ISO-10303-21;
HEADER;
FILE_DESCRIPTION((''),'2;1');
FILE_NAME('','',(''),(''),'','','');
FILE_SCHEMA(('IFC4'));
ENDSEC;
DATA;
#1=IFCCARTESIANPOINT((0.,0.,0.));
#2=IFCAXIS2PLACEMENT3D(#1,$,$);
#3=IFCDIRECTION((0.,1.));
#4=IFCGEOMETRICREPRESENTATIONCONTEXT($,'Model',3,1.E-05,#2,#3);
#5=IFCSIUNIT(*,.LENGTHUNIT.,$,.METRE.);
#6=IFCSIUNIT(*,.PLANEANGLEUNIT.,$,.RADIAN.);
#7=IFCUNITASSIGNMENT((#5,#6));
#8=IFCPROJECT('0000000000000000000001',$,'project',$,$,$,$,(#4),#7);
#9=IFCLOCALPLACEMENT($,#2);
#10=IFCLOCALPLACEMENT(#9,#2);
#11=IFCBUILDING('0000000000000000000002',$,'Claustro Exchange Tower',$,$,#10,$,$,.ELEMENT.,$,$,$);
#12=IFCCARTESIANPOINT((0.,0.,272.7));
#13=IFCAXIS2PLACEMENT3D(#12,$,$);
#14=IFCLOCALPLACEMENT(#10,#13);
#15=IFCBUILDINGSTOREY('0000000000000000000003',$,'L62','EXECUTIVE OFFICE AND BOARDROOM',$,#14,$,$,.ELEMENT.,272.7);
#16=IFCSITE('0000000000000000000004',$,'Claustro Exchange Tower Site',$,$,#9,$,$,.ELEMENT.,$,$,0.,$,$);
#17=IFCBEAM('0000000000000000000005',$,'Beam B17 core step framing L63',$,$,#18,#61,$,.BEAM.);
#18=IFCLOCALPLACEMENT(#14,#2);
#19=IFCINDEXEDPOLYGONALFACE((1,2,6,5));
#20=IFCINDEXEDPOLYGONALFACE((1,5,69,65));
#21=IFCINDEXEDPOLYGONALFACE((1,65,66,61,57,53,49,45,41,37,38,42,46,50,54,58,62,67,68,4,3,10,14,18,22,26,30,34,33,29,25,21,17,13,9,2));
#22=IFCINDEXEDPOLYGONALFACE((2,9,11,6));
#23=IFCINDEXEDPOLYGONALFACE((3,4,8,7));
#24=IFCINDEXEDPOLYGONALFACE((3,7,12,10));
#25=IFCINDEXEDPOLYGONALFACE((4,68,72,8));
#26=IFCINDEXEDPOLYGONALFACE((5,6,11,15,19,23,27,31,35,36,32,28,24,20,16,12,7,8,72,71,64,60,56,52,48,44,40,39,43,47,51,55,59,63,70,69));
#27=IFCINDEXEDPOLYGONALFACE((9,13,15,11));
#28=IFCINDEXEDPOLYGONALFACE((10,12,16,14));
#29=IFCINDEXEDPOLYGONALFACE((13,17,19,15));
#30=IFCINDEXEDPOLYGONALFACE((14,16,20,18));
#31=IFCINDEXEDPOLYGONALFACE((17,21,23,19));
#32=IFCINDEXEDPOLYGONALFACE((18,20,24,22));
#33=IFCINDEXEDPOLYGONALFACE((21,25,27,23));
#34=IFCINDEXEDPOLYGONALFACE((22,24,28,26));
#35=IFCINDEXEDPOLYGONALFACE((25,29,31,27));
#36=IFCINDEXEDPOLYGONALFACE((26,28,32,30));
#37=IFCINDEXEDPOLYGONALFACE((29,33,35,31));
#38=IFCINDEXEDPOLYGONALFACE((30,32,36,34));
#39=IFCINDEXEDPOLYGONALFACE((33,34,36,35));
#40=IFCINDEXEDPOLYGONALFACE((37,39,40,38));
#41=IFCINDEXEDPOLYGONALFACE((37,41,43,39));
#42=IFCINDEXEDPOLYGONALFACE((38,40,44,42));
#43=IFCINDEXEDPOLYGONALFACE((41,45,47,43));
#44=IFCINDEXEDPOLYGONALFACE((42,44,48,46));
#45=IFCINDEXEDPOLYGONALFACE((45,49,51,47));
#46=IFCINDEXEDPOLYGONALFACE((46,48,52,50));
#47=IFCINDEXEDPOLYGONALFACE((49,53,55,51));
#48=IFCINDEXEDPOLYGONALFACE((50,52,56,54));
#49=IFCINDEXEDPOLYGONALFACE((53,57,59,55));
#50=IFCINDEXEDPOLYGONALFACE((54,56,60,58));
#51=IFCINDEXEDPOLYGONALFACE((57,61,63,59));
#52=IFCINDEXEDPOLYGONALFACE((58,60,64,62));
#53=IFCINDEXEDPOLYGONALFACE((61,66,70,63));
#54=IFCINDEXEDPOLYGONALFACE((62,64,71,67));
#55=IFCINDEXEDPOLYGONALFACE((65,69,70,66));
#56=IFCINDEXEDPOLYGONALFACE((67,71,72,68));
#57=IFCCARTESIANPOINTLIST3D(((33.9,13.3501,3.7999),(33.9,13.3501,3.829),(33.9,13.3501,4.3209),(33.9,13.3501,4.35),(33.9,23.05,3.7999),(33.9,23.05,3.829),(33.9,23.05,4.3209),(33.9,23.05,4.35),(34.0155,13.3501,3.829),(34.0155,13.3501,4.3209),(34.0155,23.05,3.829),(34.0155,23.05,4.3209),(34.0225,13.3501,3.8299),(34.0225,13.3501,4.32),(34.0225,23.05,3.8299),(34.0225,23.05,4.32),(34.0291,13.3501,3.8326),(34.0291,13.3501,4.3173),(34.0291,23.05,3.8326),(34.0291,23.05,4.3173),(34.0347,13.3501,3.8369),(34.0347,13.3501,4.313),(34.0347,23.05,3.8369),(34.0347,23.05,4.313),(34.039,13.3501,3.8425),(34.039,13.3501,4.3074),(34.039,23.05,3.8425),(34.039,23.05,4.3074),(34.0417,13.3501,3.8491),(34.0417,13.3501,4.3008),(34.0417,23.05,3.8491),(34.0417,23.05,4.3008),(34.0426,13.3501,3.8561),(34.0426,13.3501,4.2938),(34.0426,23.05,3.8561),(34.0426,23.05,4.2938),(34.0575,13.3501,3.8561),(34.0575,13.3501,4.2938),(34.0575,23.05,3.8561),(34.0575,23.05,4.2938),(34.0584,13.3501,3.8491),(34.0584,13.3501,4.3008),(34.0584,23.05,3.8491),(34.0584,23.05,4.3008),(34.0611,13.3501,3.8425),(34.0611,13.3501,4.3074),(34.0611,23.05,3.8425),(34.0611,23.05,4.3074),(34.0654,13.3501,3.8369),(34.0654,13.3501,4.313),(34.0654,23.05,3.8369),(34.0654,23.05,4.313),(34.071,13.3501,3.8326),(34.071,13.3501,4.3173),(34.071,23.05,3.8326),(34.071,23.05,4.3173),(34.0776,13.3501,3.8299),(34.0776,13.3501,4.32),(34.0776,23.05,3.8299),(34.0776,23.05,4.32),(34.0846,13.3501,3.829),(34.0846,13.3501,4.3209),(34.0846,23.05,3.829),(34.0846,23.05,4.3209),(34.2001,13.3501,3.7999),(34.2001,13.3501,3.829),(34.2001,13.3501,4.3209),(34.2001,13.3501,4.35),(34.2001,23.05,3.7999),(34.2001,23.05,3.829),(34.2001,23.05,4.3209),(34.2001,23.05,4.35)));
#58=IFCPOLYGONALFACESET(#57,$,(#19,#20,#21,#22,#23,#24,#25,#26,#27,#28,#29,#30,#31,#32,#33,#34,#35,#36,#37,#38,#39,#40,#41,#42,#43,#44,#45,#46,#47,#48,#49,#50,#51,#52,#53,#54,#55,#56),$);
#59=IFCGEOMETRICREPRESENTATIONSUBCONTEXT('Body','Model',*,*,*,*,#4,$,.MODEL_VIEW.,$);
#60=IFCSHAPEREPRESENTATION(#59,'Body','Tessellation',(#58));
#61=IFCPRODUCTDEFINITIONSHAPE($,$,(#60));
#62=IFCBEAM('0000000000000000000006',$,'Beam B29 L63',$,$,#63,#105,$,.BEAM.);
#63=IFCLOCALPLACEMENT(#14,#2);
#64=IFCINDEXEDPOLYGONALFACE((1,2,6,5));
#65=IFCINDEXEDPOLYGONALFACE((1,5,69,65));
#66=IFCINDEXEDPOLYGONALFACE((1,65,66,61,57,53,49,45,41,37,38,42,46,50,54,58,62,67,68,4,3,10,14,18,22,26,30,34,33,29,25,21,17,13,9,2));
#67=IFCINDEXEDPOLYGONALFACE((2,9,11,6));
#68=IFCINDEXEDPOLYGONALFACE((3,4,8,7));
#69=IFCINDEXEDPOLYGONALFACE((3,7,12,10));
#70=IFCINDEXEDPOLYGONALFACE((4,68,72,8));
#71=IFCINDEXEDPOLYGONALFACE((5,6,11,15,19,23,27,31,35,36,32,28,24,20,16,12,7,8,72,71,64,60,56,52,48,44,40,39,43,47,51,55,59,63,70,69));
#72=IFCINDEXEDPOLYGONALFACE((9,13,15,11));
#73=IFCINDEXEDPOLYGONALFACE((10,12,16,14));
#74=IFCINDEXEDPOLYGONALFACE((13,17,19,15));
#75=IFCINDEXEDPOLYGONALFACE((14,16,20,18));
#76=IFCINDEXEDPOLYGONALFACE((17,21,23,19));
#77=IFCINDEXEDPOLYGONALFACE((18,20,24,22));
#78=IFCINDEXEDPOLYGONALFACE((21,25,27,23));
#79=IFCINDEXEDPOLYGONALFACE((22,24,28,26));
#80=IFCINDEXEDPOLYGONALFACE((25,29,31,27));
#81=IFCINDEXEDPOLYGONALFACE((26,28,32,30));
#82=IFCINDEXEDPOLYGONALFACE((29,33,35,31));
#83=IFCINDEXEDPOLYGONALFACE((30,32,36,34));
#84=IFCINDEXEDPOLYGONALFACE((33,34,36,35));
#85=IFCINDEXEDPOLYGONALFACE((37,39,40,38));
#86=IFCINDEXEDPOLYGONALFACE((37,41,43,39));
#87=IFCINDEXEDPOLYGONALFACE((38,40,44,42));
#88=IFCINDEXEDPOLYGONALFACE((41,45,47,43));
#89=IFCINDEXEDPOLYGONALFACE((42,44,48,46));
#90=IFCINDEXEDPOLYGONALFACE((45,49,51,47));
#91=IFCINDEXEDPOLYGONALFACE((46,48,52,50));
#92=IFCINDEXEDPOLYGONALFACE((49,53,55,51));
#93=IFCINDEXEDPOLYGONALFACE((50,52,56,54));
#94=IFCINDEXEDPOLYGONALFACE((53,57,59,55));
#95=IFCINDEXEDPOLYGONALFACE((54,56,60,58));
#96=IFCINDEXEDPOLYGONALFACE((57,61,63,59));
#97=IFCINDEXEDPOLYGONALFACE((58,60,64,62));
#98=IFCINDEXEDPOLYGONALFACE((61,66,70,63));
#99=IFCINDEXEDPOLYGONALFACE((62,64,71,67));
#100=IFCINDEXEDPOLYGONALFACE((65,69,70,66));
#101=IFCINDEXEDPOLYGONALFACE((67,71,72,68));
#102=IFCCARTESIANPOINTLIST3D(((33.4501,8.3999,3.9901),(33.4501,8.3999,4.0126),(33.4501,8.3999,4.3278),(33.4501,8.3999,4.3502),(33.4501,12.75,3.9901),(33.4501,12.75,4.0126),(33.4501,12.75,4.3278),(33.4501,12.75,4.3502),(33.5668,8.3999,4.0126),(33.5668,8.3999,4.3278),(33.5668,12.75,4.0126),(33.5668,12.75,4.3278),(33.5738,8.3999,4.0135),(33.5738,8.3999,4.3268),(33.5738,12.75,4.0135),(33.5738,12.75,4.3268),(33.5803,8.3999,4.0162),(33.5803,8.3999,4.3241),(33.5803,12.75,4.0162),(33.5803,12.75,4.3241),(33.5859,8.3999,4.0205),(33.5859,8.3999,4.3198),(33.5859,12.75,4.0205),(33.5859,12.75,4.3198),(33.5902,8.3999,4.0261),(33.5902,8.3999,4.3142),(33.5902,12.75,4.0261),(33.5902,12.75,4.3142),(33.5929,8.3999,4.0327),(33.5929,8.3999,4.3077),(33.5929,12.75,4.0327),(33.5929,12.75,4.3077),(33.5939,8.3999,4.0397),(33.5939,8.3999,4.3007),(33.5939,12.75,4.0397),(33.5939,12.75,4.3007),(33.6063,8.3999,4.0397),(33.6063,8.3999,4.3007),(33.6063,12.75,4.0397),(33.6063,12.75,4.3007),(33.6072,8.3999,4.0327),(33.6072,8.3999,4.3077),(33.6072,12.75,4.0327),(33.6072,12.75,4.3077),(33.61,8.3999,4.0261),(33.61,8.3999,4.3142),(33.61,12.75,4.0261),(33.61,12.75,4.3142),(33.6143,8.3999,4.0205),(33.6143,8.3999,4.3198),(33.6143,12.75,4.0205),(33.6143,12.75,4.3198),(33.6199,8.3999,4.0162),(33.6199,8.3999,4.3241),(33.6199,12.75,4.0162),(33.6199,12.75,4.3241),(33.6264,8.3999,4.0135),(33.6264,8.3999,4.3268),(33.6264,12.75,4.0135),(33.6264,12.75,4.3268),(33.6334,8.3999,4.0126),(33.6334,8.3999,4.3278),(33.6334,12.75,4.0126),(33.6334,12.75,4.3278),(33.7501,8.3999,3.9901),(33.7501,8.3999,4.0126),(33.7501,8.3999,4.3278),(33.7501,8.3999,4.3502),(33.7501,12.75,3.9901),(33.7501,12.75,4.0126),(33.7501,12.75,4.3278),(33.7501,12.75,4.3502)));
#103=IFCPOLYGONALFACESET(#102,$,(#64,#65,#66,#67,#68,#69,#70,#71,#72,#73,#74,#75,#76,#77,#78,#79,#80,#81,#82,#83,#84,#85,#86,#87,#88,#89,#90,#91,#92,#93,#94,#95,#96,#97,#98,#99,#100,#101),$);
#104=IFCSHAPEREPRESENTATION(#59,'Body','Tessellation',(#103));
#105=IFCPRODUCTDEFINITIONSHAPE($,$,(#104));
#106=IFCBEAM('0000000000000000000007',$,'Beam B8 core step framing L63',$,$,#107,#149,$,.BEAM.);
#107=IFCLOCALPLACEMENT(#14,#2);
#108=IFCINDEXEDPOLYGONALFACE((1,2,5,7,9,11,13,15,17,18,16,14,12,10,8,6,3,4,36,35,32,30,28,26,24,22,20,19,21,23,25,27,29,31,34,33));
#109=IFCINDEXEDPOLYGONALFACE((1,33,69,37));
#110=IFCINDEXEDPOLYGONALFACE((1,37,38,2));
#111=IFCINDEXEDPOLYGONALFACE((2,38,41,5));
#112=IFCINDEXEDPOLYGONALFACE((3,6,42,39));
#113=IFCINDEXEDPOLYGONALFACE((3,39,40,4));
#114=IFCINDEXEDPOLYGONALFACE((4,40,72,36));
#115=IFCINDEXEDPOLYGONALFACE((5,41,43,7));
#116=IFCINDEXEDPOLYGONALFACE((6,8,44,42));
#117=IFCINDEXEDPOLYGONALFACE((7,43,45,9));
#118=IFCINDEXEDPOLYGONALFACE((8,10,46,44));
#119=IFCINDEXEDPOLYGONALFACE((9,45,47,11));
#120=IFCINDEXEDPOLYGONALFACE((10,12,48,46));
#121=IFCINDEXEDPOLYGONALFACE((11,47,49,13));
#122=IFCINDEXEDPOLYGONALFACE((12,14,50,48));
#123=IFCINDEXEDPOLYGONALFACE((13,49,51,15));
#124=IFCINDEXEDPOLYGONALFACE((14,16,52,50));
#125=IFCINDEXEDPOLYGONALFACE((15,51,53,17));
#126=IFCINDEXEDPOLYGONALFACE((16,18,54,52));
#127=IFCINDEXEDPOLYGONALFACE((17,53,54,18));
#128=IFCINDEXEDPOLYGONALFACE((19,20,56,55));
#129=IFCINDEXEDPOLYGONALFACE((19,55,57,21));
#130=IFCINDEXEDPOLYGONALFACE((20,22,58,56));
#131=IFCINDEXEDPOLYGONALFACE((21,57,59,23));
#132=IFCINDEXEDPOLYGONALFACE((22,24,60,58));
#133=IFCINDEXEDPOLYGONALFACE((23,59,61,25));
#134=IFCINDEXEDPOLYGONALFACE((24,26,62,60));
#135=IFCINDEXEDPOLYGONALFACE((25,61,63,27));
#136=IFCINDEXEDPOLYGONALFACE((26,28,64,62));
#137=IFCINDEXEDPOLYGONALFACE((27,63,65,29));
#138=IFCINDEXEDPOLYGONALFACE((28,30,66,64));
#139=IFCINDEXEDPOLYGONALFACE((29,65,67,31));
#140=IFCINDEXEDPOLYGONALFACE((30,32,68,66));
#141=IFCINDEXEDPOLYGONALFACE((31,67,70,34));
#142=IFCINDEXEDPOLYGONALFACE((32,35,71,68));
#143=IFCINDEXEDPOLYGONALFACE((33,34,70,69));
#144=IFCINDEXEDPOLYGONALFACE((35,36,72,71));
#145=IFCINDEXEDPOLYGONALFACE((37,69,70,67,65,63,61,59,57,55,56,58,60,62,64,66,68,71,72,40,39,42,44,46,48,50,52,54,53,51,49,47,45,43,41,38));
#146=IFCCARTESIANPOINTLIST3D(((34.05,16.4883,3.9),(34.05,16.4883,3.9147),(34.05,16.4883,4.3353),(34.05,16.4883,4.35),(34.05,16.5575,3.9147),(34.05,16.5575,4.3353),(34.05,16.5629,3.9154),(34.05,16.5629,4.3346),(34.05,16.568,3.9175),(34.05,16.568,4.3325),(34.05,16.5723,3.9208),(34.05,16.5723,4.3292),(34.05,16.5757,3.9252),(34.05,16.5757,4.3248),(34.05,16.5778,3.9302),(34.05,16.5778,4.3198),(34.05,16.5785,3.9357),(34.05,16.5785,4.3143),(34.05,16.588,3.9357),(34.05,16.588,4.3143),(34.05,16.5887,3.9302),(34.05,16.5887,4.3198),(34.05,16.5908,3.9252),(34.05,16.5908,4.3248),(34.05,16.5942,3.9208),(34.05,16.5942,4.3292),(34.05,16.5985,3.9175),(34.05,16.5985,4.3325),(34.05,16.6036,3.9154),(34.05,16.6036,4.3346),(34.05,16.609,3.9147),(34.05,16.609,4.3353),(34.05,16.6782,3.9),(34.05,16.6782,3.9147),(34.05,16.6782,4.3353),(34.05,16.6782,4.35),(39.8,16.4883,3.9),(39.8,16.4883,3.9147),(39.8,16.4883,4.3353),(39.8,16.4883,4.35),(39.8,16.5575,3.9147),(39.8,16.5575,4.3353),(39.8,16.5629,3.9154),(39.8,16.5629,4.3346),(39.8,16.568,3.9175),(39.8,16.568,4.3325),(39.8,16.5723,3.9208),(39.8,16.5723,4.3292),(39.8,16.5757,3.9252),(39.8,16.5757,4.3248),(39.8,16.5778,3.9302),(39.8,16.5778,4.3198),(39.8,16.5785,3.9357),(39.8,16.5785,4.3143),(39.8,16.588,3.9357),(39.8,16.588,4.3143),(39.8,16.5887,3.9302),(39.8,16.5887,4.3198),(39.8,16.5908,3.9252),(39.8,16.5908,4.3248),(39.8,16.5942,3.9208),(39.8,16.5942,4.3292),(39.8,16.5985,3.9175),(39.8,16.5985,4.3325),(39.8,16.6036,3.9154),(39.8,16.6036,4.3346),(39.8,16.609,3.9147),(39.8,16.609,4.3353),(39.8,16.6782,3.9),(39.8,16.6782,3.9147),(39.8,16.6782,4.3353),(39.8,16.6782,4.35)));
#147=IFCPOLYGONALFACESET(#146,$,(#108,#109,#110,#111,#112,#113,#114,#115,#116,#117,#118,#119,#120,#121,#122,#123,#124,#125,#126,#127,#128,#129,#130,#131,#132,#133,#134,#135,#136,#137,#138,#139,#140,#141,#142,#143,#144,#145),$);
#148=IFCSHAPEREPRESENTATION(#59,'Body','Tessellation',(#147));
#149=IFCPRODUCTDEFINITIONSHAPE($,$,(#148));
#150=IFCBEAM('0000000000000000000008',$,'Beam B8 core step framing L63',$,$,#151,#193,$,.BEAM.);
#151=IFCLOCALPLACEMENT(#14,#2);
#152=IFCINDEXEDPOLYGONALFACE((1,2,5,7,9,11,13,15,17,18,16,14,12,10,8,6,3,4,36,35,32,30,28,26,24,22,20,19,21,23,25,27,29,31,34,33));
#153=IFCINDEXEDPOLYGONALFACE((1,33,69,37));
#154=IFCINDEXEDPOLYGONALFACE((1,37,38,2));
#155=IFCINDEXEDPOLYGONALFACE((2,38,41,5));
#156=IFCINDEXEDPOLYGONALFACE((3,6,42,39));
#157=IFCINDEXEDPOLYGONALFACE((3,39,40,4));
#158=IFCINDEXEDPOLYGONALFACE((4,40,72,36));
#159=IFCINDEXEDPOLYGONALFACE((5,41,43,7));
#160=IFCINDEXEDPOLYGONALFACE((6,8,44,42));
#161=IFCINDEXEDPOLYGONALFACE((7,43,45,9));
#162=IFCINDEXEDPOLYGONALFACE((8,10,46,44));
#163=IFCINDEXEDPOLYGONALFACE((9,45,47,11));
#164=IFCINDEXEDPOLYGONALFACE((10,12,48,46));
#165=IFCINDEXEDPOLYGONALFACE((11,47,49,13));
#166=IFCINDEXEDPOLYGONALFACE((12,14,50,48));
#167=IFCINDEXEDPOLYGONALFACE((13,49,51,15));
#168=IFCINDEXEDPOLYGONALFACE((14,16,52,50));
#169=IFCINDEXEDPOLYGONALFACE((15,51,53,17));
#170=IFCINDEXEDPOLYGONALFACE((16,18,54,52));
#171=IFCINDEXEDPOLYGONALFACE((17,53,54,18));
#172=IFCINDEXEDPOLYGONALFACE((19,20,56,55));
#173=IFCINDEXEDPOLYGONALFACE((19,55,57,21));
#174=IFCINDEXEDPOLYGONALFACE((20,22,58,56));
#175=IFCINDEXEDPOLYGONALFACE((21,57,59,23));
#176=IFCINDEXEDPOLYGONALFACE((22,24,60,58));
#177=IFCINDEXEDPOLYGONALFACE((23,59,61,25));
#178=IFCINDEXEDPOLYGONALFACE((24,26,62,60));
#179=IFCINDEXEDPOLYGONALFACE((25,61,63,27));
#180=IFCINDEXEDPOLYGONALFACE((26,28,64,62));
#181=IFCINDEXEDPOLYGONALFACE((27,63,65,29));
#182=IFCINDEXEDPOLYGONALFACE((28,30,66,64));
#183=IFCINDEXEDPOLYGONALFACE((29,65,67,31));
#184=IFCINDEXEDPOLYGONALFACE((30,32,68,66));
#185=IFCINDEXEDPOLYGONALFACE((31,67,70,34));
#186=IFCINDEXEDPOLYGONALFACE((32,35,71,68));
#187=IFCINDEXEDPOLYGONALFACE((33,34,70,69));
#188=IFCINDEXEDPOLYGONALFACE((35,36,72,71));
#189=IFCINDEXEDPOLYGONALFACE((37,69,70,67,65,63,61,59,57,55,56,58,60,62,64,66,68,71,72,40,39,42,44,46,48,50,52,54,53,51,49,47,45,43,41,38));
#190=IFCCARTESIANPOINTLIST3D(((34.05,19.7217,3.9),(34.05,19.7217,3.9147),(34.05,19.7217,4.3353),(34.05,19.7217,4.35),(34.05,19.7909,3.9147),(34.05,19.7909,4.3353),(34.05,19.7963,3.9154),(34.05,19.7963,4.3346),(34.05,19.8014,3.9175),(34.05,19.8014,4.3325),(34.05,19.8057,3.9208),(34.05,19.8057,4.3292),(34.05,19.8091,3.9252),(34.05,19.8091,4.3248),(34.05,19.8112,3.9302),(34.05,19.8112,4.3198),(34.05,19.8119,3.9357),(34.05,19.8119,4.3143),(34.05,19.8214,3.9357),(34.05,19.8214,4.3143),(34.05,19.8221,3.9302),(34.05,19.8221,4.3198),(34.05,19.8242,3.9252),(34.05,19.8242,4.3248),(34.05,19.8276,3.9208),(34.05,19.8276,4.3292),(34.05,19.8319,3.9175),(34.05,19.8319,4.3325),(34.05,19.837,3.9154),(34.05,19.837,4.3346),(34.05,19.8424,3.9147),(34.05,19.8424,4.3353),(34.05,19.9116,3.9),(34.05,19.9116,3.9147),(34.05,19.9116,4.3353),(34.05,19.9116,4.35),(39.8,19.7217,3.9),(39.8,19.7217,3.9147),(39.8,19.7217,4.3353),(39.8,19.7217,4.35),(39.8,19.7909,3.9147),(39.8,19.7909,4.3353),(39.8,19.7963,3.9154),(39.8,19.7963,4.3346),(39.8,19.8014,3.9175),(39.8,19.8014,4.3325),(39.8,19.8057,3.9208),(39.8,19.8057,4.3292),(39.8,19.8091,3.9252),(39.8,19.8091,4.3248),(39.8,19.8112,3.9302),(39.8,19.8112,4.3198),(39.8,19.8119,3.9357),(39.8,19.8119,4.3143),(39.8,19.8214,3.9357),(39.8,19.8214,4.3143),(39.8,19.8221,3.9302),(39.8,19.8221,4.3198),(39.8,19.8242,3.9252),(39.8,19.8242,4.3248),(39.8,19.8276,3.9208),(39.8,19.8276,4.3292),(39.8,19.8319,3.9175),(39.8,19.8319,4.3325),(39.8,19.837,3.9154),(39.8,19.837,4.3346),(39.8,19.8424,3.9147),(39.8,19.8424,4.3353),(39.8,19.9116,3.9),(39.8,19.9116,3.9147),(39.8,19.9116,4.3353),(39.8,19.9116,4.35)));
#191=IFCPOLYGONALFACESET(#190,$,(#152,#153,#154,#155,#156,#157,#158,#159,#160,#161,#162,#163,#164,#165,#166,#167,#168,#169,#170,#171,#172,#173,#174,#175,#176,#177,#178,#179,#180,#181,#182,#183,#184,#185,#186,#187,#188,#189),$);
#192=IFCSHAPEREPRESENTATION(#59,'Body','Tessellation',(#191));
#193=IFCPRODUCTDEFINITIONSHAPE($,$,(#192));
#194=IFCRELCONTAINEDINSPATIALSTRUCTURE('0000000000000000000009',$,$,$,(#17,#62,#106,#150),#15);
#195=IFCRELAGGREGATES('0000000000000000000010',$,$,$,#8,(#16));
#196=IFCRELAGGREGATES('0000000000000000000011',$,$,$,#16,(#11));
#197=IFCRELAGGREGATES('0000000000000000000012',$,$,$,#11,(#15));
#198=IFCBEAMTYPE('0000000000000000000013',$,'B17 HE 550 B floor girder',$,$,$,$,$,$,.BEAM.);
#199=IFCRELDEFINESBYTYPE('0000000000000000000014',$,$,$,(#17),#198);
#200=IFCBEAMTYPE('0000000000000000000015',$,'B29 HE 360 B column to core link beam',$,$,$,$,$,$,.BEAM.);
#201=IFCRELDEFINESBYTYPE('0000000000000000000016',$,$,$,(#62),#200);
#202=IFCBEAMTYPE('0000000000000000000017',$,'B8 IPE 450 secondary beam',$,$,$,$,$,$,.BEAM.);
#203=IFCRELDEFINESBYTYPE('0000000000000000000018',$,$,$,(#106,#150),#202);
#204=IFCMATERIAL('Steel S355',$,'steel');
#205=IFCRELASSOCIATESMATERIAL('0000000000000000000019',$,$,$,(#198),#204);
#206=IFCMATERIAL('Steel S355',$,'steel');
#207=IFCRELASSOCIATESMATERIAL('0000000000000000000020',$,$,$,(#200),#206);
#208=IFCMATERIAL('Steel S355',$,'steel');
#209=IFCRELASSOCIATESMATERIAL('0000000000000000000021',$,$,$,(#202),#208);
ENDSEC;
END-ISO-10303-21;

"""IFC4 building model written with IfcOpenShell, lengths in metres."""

from ifc_helpers import new_model, si_unit, direction, frame, origin, origin_2d, place, context, subcontext, project, spatial, i_section, extrude, material, material_profile, profile_set, type_object, element, save


model = new_model("IFC4")

# Units and contexts
model_context = context("Model", 3, precision=1e-05, world=origin(), true_north=direction((0.0, 1.0)))
body_context = subcontext(model_context, "Body", "Model", "MODEL_VIEW")
ifc_project = project(units=[si_unit("LENGTHUNIT", "METRE"), si_unit("PLANEANGLEUNIT", "RADIAN")], contexts=[model_context])

# Site, building, storey
site_placement = place(None, origin())
site = spatial("IfcSite", under=ifc_project, at=site_placement, Name="Claustro Exchange Tower Site", CompositionType="ELEMENT", RefElevation=0.0)
building_placement = place(site_placement, origin())
building = spatial("IfcBuilding", under=site, at=building_placement, Name="Claustro Exchange Tower", CompositionType="ELEMENT")
storey_placement = place(building_placement, frame((0.0, 0.0, 272.7)))
storey = spatial("IfcBuildingStorey", under=building, at=storey_placement, Name="L62", Description="EXECUTIVE OFFICE AND BOARDROOM", CompositionType="ELEMENT", Elevation=272.7)

# Beams
ifc_material_1 = material(Name="Steel S355", Category="steel")
ifc_material_profile_1 = material_profile(ifc_material_1, i_section(OverallWidth=0.3, OverallDepth=0.55, WebThickness=0.0149, FlangeThickness=0.0291, FilletRadius=0.0271, at=origin_2d()), Name="HE 550 B")
ifc_profile_set_1 = profile_set([ifc_material_profile_1], Name="Steel S355")
beam_type_1 = type_object("IfcBeamType", Name="B17 HE 550 B floor girder", PredefinedType="BEAM", material=ifc_profile_set_1)
beam_1_placement = place(storey_placement, frame((34.05, 13.3501, 4.075), z_axis=(0.0, 1.0, 0.0), x_axis=(-1.0, 0.0, 0.0)))
element("IfcBeam", 1, at=beam_1_placement, inside=storey, type_object=beam_type_1, Name="Beam B17 core step framing L63", PredefinedType="BEAM", context=body_context, shape_type="SweptSolid", body=[
    extrude(i_section(OverallWidth=0.3, OverallDepth=0.55, WebThickness=0.0149, FlangeThickness=0.0291, FilletRadius=0.0271, at=origin_2d()), origin(), (0.0, 0.0, 1.0), 9.7),
])
ifc_material_2 = material(Name="Steel S355", Category="steel")
ifc_material_profile_2 = material_profile(ifc_material_2, i_section(OverallWidth=0.3, OverallDepth=0.3601, WebThickness=0.0125, FlangeThickness=0.0225, FilletRadius=0.0271, at=origin_2d()), Name="HE 360 B")
ifc_profile_set_2 = profile_set([ifc_material_profile_2], Name="Steel S355")
beam_type_2 = type_object("IfcBeamType", Name="B29 HE 360 B column to core link beam", PredefinedType="BEAM", material=ifc_profile_set_2)
beam_2_placement = place(storey_placement, frame((33.6001, 8.3999, 4.1702), z_axis=(0.0, 1.0, 0.0), x_axis=(-1.0, 0.0, 0.0)))
element("IfcBeam", 2, at=beam_2_placement, inside=storey, type_object=beam_type_2, Name="Beam B29 L63", PredefinedType="BEAM", context=body_context, shape_type="SweptSolid", body=[
    extrude(i_section(OverallWidth=0.3, OverallDepth=0.3601, WebThickness=0.0125, FlangeThickness=0.0225, FilletRadius=0.0271, at=origin_2d()), origin(), (0.0, 0.0, 1.0), 4.3501),
])
ifc_material_3 = material(Name="Steel S355", Category="steel")
ifc_material_profile_3 = material_profile(ifc_material_3, i_section(OverallWidth=0.1899, OverallDepth=0.45, WebThickness=0.0095, FlangeThickness=0.0146, FilletRadius=0.021, at=origin_2d()), Name="IPE 450")
ifc_profile_set_3 = profile_set([ifc_material_profile_3], Name="Steel S355")
beam_type_3 = type_object("IfcBeamType", Name="B8 IPE 450 secondary beam", PredefinedType="BEAM", material=ifc_profile_set_3)
for number, where, z_axis, x_axis, name in (
    (3, (34.05, 16.5833, 4.125), (1.0, 0.0, 0.0), (0.0, 1.0, 0.0), "Beam B8 core step framing L63"),
    (4, (34.05, 19.8167, 4.125), (1.0, 0.0, 0.0), (0.0, 1.0, 0.0), "Beam B8 core step framing L63"),
):
    element("IfcBeam", number, at=place(storey_placement, frame(where, z_axis=z_axis, x_axis=x_axis)), inside=storey, type_object=beam_type_3, Name=name, PredefinedType="BEAM", context=body_context, shape_type="SweptSolid", body=[
        extrude(i_section(OverallWidth=0.1899, OverallDepth=0.45, WebThickness=0.0095, FlangeThickness=0.0146, FilletRadius=0.021, at=origin_2d()), origin(), (0.0, 0.0, 1.0), 5.75),
    ])

save(model, "model.ifc")
